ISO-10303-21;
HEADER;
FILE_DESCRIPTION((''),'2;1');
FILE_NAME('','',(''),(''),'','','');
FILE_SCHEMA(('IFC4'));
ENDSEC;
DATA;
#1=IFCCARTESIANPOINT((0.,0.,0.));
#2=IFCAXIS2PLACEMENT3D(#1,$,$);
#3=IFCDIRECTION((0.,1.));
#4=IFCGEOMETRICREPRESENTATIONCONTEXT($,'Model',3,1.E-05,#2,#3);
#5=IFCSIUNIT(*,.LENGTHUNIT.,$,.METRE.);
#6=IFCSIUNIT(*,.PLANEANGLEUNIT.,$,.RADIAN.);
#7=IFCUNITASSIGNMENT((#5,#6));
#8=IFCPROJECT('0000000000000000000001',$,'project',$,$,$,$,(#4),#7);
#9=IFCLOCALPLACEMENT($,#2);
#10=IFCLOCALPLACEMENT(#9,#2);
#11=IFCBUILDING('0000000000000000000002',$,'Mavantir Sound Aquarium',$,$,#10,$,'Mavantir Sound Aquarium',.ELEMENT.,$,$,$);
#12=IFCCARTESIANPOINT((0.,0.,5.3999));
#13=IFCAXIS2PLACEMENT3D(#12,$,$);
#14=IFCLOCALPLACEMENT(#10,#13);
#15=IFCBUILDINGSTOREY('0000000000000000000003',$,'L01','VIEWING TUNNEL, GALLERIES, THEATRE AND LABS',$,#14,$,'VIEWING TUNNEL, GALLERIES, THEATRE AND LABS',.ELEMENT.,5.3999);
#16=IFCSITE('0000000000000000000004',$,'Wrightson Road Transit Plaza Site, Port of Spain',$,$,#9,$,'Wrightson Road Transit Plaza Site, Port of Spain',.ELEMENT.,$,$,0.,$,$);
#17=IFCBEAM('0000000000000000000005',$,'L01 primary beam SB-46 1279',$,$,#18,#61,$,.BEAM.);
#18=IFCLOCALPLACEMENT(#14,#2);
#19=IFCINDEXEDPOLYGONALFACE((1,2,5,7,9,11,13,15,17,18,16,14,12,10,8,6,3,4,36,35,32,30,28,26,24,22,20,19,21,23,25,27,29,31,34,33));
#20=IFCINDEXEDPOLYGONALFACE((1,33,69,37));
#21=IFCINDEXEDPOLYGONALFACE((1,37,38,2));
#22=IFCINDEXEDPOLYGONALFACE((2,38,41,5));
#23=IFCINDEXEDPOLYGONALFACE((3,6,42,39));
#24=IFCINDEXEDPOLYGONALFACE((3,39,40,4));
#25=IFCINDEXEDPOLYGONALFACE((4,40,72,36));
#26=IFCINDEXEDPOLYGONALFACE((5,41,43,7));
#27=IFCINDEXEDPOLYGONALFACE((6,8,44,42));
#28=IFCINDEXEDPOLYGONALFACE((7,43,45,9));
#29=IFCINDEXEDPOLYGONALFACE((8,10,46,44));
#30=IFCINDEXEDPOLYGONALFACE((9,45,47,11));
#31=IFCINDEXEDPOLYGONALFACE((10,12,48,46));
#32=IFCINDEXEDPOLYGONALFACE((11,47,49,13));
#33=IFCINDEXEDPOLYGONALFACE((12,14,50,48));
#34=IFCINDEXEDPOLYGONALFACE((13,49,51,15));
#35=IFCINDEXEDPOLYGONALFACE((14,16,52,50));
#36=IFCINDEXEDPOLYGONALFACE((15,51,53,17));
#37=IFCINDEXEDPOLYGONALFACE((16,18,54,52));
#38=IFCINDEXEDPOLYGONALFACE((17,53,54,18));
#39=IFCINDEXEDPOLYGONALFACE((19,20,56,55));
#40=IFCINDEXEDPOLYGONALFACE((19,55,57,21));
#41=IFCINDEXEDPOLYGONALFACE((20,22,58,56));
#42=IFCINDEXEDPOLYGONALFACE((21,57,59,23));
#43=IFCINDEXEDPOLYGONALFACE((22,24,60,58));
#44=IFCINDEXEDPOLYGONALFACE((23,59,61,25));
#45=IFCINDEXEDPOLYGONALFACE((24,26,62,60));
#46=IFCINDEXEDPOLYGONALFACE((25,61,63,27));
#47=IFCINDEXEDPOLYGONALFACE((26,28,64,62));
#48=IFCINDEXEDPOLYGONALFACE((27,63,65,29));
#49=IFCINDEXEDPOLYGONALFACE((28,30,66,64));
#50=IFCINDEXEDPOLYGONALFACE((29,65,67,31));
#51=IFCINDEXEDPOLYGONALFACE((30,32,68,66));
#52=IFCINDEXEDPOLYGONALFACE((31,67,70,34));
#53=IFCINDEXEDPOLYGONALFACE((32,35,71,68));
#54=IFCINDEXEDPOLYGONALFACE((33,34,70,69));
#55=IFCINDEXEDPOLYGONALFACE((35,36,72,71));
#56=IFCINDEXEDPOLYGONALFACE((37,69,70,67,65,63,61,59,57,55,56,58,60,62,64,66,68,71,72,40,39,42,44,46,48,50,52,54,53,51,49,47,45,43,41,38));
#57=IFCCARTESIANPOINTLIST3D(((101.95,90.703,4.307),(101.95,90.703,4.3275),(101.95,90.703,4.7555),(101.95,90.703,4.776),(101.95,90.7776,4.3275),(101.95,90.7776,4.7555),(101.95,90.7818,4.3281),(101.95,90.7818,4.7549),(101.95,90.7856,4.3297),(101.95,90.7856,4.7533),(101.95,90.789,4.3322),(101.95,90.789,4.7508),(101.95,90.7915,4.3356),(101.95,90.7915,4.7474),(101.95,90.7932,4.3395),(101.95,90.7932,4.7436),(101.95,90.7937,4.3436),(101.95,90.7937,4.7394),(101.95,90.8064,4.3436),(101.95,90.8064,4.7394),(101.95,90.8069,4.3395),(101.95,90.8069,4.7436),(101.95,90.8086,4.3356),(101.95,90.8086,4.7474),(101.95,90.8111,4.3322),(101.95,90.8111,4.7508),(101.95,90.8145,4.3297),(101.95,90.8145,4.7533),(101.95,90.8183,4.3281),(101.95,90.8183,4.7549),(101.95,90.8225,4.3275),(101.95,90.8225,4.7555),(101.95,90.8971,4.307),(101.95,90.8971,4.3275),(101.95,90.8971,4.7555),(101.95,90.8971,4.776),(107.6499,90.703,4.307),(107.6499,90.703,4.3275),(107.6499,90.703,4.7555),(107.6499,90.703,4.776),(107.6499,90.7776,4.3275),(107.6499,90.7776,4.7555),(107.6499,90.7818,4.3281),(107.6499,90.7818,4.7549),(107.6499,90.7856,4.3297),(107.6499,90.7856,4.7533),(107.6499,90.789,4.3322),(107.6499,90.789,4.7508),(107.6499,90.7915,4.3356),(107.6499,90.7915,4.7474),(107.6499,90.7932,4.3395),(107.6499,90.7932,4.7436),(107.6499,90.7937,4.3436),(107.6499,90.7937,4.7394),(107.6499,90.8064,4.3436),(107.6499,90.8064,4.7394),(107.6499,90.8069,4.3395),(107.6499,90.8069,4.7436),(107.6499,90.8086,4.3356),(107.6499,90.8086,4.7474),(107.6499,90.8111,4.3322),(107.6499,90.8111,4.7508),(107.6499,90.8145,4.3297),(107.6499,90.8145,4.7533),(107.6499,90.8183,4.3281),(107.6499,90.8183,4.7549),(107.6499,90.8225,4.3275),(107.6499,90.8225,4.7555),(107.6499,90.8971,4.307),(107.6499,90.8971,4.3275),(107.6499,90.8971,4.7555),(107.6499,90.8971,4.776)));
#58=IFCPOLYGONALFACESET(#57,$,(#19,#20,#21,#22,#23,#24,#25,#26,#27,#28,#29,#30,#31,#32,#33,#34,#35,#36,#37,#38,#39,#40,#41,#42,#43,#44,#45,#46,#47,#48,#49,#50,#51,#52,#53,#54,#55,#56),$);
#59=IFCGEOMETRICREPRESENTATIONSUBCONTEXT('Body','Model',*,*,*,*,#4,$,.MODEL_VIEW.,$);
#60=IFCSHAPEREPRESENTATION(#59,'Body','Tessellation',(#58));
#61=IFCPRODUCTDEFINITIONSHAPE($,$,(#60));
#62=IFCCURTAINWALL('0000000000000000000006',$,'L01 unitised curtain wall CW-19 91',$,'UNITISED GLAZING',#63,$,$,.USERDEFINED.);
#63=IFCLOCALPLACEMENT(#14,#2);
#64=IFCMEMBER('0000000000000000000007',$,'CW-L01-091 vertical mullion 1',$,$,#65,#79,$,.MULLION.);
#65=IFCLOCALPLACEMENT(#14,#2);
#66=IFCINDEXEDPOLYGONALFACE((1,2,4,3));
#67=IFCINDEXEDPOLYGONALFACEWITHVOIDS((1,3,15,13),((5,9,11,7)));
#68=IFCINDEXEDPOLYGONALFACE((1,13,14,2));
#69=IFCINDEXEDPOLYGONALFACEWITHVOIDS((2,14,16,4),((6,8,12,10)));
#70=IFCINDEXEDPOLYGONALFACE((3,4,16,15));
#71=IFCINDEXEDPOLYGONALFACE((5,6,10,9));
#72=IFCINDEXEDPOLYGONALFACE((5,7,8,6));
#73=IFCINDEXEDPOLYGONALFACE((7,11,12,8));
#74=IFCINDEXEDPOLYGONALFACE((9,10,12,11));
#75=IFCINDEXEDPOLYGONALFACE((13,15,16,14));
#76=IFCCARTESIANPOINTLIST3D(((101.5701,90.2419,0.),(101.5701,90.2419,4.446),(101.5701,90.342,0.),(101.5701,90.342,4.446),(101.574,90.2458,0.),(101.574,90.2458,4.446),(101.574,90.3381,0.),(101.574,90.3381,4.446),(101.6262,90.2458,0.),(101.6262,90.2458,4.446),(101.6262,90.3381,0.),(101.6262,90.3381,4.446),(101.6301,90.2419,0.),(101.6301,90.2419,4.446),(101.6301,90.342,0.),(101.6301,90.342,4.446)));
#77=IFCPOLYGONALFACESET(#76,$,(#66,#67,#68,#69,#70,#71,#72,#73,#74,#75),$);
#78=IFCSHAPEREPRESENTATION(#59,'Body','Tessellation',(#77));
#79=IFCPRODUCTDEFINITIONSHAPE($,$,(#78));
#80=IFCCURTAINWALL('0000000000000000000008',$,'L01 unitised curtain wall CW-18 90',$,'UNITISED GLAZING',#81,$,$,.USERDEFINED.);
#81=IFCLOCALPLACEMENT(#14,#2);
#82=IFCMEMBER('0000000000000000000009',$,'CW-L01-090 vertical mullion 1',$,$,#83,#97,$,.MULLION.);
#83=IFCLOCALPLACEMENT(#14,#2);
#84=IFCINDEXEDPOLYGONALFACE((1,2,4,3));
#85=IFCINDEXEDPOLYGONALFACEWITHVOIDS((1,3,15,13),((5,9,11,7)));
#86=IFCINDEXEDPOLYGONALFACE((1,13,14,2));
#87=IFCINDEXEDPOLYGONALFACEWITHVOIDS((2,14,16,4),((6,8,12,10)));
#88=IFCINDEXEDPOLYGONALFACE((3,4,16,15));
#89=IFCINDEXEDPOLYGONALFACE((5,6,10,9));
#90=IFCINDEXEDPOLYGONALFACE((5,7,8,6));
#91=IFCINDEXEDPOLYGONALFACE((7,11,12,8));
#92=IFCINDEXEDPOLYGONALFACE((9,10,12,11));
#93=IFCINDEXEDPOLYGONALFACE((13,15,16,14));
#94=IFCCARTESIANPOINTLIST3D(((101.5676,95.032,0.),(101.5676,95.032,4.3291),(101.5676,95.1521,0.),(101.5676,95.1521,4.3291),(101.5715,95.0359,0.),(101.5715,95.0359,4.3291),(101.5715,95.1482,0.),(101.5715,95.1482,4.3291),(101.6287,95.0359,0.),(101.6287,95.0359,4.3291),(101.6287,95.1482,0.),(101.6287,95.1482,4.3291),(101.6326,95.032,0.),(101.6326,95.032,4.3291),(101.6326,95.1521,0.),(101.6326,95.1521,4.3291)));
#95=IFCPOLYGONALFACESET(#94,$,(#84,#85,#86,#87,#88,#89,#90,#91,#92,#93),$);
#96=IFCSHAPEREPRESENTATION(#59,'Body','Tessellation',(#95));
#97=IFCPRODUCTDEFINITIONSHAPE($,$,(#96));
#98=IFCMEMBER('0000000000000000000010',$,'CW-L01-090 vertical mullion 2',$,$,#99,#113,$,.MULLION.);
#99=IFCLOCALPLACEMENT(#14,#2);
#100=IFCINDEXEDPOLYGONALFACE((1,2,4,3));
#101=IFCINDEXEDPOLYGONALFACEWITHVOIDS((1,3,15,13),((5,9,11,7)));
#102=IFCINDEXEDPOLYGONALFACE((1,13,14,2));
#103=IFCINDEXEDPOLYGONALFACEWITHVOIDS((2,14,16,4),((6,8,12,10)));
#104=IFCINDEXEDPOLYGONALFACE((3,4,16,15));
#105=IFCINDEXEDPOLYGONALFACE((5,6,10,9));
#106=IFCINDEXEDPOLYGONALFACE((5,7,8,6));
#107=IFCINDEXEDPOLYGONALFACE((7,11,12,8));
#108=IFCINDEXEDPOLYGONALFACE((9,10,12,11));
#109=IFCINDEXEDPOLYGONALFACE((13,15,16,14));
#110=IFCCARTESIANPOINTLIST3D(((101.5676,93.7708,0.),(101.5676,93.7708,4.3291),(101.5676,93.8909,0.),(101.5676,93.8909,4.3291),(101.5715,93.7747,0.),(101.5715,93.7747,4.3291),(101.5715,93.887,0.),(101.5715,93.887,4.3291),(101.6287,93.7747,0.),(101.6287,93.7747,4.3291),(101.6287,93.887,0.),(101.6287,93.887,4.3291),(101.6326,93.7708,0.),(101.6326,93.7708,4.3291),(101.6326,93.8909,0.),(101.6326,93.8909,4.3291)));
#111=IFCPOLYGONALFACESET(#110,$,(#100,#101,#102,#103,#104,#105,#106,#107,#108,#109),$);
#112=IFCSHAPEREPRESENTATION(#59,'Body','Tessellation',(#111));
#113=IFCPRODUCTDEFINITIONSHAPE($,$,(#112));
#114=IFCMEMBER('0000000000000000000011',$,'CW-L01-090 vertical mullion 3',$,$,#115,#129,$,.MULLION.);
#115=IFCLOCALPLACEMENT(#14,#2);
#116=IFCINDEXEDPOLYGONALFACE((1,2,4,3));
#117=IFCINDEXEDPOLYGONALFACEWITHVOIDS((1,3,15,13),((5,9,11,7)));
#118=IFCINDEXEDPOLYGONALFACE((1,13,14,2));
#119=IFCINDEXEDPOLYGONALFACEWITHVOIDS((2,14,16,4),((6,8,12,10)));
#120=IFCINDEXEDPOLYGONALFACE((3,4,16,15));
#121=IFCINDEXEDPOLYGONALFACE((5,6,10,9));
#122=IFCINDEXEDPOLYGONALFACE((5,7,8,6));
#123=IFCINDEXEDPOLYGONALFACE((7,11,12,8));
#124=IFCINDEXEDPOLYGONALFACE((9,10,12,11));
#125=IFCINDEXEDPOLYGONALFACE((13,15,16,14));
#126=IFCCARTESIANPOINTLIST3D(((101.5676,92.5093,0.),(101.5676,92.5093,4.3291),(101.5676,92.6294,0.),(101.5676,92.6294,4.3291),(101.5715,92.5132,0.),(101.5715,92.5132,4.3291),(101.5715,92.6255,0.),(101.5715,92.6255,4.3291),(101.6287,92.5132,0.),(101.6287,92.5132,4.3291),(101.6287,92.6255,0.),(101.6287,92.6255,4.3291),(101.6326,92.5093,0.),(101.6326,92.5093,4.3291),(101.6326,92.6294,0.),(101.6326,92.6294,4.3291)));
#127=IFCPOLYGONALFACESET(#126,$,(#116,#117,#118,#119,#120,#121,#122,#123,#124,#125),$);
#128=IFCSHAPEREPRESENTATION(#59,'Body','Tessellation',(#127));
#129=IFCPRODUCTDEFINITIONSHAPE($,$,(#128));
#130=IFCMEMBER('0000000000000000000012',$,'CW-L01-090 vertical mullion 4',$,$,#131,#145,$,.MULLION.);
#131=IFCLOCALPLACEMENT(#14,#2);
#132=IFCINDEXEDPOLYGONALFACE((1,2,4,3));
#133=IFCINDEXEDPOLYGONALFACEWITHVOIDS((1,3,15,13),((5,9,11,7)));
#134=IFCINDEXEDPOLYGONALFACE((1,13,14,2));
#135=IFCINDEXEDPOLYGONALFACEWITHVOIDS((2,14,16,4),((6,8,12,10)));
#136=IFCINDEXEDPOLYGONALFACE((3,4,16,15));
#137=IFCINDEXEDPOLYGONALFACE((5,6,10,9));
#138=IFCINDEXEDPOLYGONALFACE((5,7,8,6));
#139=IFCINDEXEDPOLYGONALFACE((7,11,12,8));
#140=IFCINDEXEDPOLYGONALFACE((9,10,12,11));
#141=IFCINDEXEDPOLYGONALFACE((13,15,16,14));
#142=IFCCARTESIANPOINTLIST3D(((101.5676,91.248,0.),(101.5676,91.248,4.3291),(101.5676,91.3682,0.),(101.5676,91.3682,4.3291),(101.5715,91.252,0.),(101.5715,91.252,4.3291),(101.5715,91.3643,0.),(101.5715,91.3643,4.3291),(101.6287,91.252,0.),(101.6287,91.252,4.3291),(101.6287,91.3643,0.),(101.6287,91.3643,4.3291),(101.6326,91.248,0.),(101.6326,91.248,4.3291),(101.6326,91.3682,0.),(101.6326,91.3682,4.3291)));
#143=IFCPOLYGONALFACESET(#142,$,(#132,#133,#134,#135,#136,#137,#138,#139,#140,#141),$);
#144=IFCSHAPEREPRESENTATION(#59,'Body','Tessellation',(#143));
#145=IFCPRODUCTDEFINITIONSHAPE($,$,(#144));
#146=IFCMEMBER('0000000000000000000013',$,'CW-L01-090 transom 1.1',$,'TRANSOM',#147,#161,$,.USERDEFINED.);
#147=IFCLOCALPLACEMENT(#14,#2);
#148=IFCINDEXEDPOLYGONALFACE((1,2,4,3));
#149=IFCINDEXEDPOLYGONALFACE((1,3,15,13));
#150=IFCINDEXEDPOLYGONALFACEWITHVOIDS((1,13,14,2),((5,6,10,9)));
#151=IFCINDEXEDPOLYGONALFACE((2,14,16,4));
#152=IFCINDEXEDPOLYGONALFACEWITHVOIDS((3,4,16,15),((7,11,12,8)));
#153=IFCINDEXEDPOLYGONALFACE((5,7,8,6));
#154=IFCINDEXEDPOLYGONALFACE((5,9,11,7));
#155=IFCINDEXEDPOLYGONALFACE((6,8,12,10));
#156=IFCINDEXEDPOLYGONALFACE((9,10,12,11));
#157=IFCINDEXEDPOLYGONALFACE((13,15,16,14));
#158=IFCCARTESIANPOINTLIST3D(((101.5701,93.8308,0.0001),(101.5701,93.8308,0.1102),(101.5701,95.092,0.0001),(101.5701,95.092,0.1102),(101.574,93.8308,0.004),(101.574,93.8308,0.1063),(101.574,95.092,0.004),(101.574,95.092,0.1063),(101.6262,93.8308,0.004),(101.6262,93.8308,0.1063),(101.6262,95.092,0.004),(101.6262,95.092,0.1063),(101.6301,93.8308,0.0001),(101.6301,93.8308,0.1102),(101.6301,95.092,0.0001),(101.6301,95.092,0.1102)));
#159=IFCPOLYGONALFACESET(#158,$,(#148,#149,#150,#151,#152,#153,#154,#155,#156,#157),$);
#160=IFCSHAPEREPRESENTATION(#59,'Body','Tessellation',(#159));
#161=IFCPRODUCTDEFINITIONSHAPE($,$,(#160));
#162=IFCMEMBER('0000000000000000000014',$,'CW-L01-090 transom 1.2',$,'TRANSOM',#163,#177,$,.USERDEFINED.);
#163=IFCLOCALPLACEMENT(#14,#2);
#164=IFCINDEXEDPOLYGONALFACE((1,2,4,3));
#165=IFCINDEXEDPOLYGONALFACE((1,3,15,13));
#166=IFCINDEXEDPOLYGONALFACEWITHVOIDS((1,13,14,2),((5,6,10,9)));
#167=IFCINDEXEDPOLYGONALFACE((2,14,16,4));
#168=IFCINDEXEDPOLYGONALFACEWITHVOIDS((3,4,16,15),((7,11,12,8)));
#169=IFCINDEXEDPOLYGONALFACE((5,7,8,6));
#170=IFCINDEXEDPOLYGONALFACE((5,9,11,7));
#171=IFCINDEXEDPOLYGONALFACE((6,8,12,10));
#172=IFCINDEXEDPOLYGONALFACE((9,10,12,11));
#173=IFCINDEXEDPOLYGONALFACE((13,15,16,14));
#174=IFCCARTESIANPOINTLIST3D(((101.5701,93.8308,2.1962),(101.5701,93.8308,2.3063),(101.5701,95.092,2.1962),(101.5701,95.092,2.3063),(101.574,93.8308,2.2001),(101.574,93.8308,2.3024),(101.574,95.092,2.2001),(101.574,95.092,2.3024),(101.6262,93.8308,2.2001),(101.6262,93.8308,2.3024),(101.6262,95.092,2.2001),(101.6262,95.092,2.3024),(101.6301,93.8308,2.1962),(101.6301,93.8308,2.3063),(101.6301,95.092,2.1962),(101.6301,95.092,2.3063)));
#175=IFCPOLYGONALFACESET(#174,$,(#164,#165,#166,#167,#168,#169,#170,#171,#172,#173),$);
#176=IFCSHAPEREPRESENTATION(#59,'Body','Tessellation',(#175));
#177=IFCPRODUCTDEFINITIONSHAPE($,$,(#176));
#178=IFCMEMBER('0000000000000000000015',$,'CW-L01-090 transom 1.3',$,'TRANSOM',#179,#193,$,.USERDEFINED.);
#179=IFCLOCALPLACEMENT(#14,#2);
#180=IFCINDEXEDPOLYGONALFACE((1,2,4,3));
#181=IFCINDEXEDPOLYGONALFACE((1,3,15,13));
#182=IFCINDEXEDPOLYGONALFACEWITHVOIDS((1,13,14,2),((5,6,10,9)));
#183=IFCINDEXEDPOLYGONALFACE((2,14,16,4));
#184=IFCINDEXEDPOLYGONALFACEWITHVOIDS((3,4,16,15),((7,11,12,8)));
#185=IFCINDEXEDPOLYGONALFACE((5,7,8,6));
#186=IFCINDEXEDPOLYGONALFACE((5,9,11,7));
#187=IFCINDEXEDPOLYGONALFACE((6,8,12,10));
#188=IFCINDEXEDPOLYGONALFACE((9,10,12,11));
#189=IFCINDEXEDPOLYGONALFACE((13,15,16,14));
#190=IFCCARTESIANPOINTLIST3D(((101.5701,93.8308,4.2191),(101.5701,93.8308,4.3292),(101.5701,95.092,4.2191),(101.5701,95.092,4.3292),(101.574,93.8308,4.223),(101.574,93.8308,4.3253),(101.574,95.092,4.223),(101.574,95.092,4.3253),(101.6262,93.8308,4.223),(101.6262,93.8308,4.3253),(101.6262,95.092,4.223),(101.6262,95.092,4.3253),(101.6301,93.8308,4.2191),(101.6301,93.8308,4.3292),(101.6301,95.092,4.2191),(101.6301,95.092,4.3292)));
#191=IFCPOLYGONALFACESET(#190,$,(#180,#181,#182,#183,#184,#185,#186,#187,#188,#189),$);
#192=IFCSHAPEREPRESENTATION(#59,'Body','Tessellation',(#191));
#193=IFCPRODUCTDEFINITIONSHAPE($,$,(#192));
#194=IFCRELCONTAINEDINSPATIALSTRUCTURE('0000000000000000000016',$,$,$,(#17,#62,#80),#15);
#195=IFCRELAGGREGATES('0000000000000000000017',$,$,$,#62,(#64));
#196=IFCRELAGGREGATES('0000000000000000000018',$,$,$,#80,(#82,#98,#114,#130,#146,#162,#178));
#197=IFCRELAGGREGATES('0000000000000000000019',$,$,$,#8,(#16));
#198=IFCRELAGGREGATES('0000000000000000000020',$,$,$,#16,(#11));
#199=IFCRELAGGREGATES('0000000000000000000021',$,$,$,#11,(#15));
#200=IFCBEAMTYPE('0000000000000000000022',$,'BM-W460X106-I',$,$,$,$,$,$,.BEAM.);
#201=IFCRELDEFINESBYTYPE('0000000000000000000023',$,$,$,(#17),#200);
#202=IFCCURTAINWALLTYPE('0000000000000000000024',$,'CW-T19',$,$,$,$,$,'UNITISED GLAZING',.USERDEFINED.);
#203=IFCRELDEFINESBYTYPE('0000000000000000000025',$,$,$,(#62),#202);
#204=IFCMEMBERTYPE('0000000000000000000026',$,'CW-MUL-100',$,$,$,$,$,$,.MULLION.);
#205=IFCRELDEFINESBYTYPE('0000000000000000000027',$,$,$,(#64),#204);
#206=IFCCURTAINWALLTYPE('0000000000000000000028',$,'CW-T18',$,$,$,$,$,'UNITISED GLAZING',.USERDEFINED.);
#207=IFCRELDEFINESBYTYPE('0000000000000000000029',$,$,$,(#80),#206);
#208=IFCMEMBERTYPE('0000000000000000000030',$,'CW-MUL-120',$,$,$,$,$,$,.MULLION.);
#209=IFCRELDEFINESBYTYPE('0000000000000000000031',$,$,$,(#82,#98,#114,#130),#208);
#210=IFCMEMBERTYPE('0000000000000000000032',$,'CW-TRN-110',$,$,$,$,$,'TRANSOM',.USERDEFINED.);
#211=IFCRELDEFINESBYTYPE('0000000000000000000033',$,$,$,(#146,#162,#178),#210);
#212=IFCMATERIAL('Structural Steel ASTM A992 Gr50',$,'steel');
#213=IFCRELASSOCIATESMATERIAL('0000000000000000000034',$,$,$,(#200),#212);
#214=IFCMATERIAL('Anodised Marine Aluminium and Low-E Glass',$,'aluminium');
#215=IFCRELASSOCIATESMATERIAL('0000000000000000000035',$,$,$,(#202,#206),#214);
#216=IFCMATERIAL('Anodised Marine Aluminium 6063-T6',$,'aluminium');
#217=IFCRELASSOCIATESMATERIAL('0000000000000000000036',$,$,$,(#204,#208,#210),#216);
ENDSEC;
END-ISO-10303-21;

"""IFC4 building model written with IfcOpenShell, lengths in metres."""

from ifc_helpers import new_model, si_unit, direction, frame, origin, origin_2d, place, context, subcontext, project, spatial, hollow_rectangle, i_section, extrude, material, material_profile, profile_set, type_object, element, aggregate, save


model = new_model("IFC4")

# Units and contexts
model_context = context("Model", 3, precision=1e-05, world=origin(), true_north=direction((0.0, 1.0)))
body_context = subcontext(model_context, "Body", "Model", "MODEL_VIEW")
ifc_project = project(units=[si_unit("LENGTHUNIT", "METRE"), si_unit("PLANEANGLEUNIT", "RADIAN")], contexts=[model_context])

# Site, building, storey
site_placement = place(None, origin())
site = spatial("IfcSite", under=ifc_project, at=site_placement, Name="Wrightson Road Transit Plaza Site, Port of Spain", LongName="Wrightson Road Transit Plaza Site, Port of Spain", CompositionType="ELEMENT", RefElevation=0.0)
building_placement = place(site_placement, origin())
building = spatial("IfcBuilding", under=site, at=building_placement, Name="Mavantir Sound Aquarium", LongName="Mavantir Sound Aquarium", CompositionType="ELEMENT")
storey_placement = place(building_placement, frame((0.0, 0.0, 5.3999)))
storey = spatial("IfcBuildingStorey", under=building, at=storey_placement, Name="L01", Description="VIEWING TUNNEL, GALLERIES, THEATRE AND LABS", LongName="VIEWING TUNNEL, GALLERIES, THEATRE AND LABS", CompositionType="ELEMENT", Elevation=5.3999)

# Beam
ifc_material_1 = material(Name="Structural Steel ASTM A992 Gr50", Category="steel")
ifc_material_profile_1 = material_profile(ifc_material_1, i_section(OverallWidth=0.1941, OverallDepth=0.469, WebThickness=0.0127, FlangeThickness=0.0205, FilletRadius=0.0161, at=origin_2d()), Name="W460X106")
ifc_profile_set_1 = profile_set([ifc_material_profile_1], Name="Structural Steel ASTM A992 Gr50")
beam_type_1 = type_object("IfcBeamType", Name="BM-W460X106-I", PredefinedType="BEAM", material=ifc_profile_set_1)
beam_1_placement = place(storey_placement, frame((101.95, 90.8, 4.5415), z_axis=(1.0, 0.0, 0.0), x_axis=(0.0, 1.0, 0.0)))
element("IfcBeam", 1, at=beam_1_placement, inside=storey, type_object=beam_type_1, Name="L01 primary beam SB-46 1279", PredefinedType="BEAM", context=body_context, shape_type="SweptSolid", body=[
    extrude(i_section(OverallWidth=0.1941, OverallDepth=0.469, WebThickness=0.0127, FlangeThickness=0.0205, FilletRadius=0.0161, at=origin_2d()), origin(), (0.0, 0.0, 1.0), 5.7),
])

# Curtain wall, member
ifc_material_2 = material(Name="Anodised Marine Aluminium and Low-E Glass", Category="aluminium")
curtain_wall_type_1 = type_object("IfcCurtainWallType", Name="CW-T19", ElementType="UNITISED GLAZING", PredefinedType="USERDEFINED", material=ifc_material_2)
curtain_wall_1_placement = place(storey_placement, origin())
curtain_wall_1 = element("IfcCurtainWall", 2, at=curtain_wall_1_placement, inside=storey, type_object=curtain_wall_type_1, Name="L01 unitised curtain wall CW-19 91", ObjectType="UNITISED GLAZING", PredefinedType="USERDEFINED")
ifc_material_3 = material(Name="Anodised Marine Aluminium 6063-T6", Category="aluminium")
ifc_material_profile_2 = material_profile(ifc_material_3, hollow_rectangle(XDim=0.0601, YDim=0.1001, WallThickness=0.0039, at=origin_2d()), Name="ALU-MULLION-100X60")
ifc_profile_set_2 = profile_set([ifc_material_profile_2], Name="Anodised Marine Aluminium 6063-T6")
member_type_1 = type_object("IfcMemberType", Name="CW-MUL-100", PredefinedType="MULLION", material=ifc_profile_set_2)
member_1_placement = place(storey_placement, frame((101.6001, 90.292, 0.0), z_axis=(0.0, 0.0, 1.0), x_axis=(1.0, 0.0, 0.0)))
member_1 = element("IfcMember", 3, at=member_1_placement, type_object=member_type_1, Name="CW-L01-091 vertical mullion 1", PredefinedType="MULLION", context=body_context, shape_type="SweptSolid", body=[
    extrude(hollow_rectangle(XDim=0.0601, YDim=0.1001, WallThickness=0.0039, at=origin_2d()), origin(), (0.0, 0.0, 1.0), 4.446),
])

# Curtain wall, members
curtain_wall_type_2 = type_object("IfcCurtainWallType", Name="CW-T18", ElementType="UNITISED GLAZING", PredefinedType="USERDEFINED", material=ifc_material_2)
curtain_wall_2_placement = place(storey_placement, origin())
curtain_wall_2 = element("IfcCurtainWall", 4, at=curtain_wall_2_placement, inside=storey, type_object=curtain_wall_type_2, Name="L01 unitised curtain wall CW-18 90", ObjectType="UNITISED GLAZING", PredefinedType="USERDEFINED")
ifc_material_profile_3 = material_profile(ifc_material_3, hollow_rectangle(XDim=0.0649, YDim=0.1201, WallThickness=0.0039, at=origin_2d()), Name="ALU-MULLION-120X65")
ifc_profile_set_3 = profile_set([ifc_material_profile_3], Name="Anodised Marine Aluminium 6063-T6")
member_type_2 = type_object("IfcMemberType", Name="CW-MUL-120", PredefinedType="MULLION", material=ifc_profile_set_3)
member_2_placement = place(storey_placement, frame((101.6001, 95.092, 0.0), z_axis=(0.0, 0.0, 1.0), x_axis=(1.0, 0.0, 0.0)))
member_2 = element("IfcMember", 5, at=member_2_placement, type_object=member_type_2, Name="CW-L01-090 vertical mullion 1", PredefinedType="MULLION", context=body_context, shape_type="SweptSolid", body=[
    extrude(hollow_rectangle(XDim=0.0649, YDim=0.1201, WallThickness=0.0039, at=origin_2d()), origin(), (0.0, 0.0, 1.0), 4.3291),
])
member_3_placement = place(storey_placement, frame((101.6001, 93.8308, 0.0), z_axis=(0.0, 0.0, 1.0), x_axis=(1.0, 0.0, 0.0)))
member_3 = element("IfcMember", 6, at=member_3_placement, type_object=member_type_2, Name="CW-L01-090 vertical mullion 2", PredefinedType="MULLION", context=body_context, shape_type="SweptSolid", body=[
    extrude(hollow_rectangle(XDim=0.0649, YDim=0.1201, WallThickness=0.0039, at=origin_2d()), origin(), (0.0, 0.0, 1.0), 4.3291),
])
member_4_placement = place(storey_placement, frame((101.6001, 92.5693, 0.0), z_axis=(0.0, 0.0, 1.0), x_axis=(1.0, 0.0, 0.0)))
member_4 = element("IfcMember", 7, at=member_4_placement, type_object=member_type_2, Name="CW-L01-090 vertical mullion 3", PredefinedType="MULLION", context=body_context, shape_type="SweptSolid", body=[
    extrude(hollow_rectangle(XDim=0.0649, YDim=0.1201, WallThickness=0.0039, at=origin_2d()), origin(), (0.0, 0.0, 1.0), 4.3291),
])
member_5_placement = place(storey_placement, frame((101.6001, 91.3081, 0.0), z_axis=(0.0, 0.0, 1.0), x_axis=(1.0, 0.0, 0.0)))
member_5 = element("IfcMember", 8, at=member_5_placement, type_object=member_type_2, Name="CW-L01-090 vertical mullion 4", PredefinedType="MULLION", context=body_context, shape_type="SweptSolid", body=[
    extrude(hollow_rectangle(XDim=0.0649, YDim=0.1201, WallThickness=0.0039, at=origin_2d()), origin(), (0.0, 0.0, 1.0), 4.3291),
])
ifc_material_profile_4 = material_profile(ifc_material_3, hollow_rectangle(XDim=0.0601, YDim=0.1101, WallThickness=0.0039, at=origin_2d()), Name="ALU-TRANSOM-110X60")
ifc_profile_set_4 = profile_set([ifc_material_profile_4], Name="Anodised Marine Aluminium 6063-T6")
member_type_3 = type_object("IfcMemberType", Name="CW-TRN-110", ElementType="TRANSOM", PredefinedType="USERDEFINED", material=ifc_profile_set_4)
member_6_placement = place(storey_placement, frame((101.6001, 95.092, 0.0552), z_axis=(0.0, -1.0, 0.0), x_axis=(1.0, 0.0, 0.0)))
member_6 = element("IfcMember", 9, at=member_6_placement, type_object=member_type_3, Name="CW-L01-090 transom 1.1", ObjectType="TRANSOM", PredefinedType="USERDEFINED", context=body_context, shape_type="SweptSolid", body=[
    extrude(hollow_rectangle(XDim=0.0601, YDim=0.1101, WallThickness=0.0039, at=origin_2d()), origin(), (0.0, 0.0, 1.0), 1.2612),
])
member_7_placement = place(storey_placement, frame((101.6001, 95.092, 2.2512), z_axis=(0.0, -1.0, 0.0), x_axis=(1.0, 0.0, 0.0)))
member_7 = element("IfcMember", 10, at=member_7_placement, type_object=member_type_3, Name="CW-L01-090 transom 1.2", ObjectType="TRANSOM", PredefinedType="USERDEFINED", context=body_context, shape_type="SweptSolid", body=[
    extrude(hollow_rectangle(XDim=0.0601, YDim=0.1101, WallThickness=0.0039, at=origin_2d()), origin(), (0.0, 0.0, 1.0), 1.2612),
])
member_8_placement = place(storey_placement, frame((101.6001, 95.092, 4.2742), z_axis=(0.0, -1.0, 0.0), x_axis=(1.0, 0.0, 0.0)))
member_8 = element("IfcMember", 11, at=member_8_placement, type_object=member_type_3, Name="CW-L01-090 transom 1.3", ObjectType="TRANSOM", PredefinedType="USERDEFINED", context=body_context, shape_type="SweptSolid", body=[
    extrude(hollow_rectangle(XDim=0.0601, YDim=0.1101, WallThickness=0.0039, at=origin_2d()), origin(), (0.0, 0.0, 1.0), 1.2612),
])

aggregate(curtain_wall_1, [member_1])
aggregate(curtain_wall_2, [member_2, member_3, member_4, member_5, member_6, member_7, member_8])

save(model, "model.ifc")
